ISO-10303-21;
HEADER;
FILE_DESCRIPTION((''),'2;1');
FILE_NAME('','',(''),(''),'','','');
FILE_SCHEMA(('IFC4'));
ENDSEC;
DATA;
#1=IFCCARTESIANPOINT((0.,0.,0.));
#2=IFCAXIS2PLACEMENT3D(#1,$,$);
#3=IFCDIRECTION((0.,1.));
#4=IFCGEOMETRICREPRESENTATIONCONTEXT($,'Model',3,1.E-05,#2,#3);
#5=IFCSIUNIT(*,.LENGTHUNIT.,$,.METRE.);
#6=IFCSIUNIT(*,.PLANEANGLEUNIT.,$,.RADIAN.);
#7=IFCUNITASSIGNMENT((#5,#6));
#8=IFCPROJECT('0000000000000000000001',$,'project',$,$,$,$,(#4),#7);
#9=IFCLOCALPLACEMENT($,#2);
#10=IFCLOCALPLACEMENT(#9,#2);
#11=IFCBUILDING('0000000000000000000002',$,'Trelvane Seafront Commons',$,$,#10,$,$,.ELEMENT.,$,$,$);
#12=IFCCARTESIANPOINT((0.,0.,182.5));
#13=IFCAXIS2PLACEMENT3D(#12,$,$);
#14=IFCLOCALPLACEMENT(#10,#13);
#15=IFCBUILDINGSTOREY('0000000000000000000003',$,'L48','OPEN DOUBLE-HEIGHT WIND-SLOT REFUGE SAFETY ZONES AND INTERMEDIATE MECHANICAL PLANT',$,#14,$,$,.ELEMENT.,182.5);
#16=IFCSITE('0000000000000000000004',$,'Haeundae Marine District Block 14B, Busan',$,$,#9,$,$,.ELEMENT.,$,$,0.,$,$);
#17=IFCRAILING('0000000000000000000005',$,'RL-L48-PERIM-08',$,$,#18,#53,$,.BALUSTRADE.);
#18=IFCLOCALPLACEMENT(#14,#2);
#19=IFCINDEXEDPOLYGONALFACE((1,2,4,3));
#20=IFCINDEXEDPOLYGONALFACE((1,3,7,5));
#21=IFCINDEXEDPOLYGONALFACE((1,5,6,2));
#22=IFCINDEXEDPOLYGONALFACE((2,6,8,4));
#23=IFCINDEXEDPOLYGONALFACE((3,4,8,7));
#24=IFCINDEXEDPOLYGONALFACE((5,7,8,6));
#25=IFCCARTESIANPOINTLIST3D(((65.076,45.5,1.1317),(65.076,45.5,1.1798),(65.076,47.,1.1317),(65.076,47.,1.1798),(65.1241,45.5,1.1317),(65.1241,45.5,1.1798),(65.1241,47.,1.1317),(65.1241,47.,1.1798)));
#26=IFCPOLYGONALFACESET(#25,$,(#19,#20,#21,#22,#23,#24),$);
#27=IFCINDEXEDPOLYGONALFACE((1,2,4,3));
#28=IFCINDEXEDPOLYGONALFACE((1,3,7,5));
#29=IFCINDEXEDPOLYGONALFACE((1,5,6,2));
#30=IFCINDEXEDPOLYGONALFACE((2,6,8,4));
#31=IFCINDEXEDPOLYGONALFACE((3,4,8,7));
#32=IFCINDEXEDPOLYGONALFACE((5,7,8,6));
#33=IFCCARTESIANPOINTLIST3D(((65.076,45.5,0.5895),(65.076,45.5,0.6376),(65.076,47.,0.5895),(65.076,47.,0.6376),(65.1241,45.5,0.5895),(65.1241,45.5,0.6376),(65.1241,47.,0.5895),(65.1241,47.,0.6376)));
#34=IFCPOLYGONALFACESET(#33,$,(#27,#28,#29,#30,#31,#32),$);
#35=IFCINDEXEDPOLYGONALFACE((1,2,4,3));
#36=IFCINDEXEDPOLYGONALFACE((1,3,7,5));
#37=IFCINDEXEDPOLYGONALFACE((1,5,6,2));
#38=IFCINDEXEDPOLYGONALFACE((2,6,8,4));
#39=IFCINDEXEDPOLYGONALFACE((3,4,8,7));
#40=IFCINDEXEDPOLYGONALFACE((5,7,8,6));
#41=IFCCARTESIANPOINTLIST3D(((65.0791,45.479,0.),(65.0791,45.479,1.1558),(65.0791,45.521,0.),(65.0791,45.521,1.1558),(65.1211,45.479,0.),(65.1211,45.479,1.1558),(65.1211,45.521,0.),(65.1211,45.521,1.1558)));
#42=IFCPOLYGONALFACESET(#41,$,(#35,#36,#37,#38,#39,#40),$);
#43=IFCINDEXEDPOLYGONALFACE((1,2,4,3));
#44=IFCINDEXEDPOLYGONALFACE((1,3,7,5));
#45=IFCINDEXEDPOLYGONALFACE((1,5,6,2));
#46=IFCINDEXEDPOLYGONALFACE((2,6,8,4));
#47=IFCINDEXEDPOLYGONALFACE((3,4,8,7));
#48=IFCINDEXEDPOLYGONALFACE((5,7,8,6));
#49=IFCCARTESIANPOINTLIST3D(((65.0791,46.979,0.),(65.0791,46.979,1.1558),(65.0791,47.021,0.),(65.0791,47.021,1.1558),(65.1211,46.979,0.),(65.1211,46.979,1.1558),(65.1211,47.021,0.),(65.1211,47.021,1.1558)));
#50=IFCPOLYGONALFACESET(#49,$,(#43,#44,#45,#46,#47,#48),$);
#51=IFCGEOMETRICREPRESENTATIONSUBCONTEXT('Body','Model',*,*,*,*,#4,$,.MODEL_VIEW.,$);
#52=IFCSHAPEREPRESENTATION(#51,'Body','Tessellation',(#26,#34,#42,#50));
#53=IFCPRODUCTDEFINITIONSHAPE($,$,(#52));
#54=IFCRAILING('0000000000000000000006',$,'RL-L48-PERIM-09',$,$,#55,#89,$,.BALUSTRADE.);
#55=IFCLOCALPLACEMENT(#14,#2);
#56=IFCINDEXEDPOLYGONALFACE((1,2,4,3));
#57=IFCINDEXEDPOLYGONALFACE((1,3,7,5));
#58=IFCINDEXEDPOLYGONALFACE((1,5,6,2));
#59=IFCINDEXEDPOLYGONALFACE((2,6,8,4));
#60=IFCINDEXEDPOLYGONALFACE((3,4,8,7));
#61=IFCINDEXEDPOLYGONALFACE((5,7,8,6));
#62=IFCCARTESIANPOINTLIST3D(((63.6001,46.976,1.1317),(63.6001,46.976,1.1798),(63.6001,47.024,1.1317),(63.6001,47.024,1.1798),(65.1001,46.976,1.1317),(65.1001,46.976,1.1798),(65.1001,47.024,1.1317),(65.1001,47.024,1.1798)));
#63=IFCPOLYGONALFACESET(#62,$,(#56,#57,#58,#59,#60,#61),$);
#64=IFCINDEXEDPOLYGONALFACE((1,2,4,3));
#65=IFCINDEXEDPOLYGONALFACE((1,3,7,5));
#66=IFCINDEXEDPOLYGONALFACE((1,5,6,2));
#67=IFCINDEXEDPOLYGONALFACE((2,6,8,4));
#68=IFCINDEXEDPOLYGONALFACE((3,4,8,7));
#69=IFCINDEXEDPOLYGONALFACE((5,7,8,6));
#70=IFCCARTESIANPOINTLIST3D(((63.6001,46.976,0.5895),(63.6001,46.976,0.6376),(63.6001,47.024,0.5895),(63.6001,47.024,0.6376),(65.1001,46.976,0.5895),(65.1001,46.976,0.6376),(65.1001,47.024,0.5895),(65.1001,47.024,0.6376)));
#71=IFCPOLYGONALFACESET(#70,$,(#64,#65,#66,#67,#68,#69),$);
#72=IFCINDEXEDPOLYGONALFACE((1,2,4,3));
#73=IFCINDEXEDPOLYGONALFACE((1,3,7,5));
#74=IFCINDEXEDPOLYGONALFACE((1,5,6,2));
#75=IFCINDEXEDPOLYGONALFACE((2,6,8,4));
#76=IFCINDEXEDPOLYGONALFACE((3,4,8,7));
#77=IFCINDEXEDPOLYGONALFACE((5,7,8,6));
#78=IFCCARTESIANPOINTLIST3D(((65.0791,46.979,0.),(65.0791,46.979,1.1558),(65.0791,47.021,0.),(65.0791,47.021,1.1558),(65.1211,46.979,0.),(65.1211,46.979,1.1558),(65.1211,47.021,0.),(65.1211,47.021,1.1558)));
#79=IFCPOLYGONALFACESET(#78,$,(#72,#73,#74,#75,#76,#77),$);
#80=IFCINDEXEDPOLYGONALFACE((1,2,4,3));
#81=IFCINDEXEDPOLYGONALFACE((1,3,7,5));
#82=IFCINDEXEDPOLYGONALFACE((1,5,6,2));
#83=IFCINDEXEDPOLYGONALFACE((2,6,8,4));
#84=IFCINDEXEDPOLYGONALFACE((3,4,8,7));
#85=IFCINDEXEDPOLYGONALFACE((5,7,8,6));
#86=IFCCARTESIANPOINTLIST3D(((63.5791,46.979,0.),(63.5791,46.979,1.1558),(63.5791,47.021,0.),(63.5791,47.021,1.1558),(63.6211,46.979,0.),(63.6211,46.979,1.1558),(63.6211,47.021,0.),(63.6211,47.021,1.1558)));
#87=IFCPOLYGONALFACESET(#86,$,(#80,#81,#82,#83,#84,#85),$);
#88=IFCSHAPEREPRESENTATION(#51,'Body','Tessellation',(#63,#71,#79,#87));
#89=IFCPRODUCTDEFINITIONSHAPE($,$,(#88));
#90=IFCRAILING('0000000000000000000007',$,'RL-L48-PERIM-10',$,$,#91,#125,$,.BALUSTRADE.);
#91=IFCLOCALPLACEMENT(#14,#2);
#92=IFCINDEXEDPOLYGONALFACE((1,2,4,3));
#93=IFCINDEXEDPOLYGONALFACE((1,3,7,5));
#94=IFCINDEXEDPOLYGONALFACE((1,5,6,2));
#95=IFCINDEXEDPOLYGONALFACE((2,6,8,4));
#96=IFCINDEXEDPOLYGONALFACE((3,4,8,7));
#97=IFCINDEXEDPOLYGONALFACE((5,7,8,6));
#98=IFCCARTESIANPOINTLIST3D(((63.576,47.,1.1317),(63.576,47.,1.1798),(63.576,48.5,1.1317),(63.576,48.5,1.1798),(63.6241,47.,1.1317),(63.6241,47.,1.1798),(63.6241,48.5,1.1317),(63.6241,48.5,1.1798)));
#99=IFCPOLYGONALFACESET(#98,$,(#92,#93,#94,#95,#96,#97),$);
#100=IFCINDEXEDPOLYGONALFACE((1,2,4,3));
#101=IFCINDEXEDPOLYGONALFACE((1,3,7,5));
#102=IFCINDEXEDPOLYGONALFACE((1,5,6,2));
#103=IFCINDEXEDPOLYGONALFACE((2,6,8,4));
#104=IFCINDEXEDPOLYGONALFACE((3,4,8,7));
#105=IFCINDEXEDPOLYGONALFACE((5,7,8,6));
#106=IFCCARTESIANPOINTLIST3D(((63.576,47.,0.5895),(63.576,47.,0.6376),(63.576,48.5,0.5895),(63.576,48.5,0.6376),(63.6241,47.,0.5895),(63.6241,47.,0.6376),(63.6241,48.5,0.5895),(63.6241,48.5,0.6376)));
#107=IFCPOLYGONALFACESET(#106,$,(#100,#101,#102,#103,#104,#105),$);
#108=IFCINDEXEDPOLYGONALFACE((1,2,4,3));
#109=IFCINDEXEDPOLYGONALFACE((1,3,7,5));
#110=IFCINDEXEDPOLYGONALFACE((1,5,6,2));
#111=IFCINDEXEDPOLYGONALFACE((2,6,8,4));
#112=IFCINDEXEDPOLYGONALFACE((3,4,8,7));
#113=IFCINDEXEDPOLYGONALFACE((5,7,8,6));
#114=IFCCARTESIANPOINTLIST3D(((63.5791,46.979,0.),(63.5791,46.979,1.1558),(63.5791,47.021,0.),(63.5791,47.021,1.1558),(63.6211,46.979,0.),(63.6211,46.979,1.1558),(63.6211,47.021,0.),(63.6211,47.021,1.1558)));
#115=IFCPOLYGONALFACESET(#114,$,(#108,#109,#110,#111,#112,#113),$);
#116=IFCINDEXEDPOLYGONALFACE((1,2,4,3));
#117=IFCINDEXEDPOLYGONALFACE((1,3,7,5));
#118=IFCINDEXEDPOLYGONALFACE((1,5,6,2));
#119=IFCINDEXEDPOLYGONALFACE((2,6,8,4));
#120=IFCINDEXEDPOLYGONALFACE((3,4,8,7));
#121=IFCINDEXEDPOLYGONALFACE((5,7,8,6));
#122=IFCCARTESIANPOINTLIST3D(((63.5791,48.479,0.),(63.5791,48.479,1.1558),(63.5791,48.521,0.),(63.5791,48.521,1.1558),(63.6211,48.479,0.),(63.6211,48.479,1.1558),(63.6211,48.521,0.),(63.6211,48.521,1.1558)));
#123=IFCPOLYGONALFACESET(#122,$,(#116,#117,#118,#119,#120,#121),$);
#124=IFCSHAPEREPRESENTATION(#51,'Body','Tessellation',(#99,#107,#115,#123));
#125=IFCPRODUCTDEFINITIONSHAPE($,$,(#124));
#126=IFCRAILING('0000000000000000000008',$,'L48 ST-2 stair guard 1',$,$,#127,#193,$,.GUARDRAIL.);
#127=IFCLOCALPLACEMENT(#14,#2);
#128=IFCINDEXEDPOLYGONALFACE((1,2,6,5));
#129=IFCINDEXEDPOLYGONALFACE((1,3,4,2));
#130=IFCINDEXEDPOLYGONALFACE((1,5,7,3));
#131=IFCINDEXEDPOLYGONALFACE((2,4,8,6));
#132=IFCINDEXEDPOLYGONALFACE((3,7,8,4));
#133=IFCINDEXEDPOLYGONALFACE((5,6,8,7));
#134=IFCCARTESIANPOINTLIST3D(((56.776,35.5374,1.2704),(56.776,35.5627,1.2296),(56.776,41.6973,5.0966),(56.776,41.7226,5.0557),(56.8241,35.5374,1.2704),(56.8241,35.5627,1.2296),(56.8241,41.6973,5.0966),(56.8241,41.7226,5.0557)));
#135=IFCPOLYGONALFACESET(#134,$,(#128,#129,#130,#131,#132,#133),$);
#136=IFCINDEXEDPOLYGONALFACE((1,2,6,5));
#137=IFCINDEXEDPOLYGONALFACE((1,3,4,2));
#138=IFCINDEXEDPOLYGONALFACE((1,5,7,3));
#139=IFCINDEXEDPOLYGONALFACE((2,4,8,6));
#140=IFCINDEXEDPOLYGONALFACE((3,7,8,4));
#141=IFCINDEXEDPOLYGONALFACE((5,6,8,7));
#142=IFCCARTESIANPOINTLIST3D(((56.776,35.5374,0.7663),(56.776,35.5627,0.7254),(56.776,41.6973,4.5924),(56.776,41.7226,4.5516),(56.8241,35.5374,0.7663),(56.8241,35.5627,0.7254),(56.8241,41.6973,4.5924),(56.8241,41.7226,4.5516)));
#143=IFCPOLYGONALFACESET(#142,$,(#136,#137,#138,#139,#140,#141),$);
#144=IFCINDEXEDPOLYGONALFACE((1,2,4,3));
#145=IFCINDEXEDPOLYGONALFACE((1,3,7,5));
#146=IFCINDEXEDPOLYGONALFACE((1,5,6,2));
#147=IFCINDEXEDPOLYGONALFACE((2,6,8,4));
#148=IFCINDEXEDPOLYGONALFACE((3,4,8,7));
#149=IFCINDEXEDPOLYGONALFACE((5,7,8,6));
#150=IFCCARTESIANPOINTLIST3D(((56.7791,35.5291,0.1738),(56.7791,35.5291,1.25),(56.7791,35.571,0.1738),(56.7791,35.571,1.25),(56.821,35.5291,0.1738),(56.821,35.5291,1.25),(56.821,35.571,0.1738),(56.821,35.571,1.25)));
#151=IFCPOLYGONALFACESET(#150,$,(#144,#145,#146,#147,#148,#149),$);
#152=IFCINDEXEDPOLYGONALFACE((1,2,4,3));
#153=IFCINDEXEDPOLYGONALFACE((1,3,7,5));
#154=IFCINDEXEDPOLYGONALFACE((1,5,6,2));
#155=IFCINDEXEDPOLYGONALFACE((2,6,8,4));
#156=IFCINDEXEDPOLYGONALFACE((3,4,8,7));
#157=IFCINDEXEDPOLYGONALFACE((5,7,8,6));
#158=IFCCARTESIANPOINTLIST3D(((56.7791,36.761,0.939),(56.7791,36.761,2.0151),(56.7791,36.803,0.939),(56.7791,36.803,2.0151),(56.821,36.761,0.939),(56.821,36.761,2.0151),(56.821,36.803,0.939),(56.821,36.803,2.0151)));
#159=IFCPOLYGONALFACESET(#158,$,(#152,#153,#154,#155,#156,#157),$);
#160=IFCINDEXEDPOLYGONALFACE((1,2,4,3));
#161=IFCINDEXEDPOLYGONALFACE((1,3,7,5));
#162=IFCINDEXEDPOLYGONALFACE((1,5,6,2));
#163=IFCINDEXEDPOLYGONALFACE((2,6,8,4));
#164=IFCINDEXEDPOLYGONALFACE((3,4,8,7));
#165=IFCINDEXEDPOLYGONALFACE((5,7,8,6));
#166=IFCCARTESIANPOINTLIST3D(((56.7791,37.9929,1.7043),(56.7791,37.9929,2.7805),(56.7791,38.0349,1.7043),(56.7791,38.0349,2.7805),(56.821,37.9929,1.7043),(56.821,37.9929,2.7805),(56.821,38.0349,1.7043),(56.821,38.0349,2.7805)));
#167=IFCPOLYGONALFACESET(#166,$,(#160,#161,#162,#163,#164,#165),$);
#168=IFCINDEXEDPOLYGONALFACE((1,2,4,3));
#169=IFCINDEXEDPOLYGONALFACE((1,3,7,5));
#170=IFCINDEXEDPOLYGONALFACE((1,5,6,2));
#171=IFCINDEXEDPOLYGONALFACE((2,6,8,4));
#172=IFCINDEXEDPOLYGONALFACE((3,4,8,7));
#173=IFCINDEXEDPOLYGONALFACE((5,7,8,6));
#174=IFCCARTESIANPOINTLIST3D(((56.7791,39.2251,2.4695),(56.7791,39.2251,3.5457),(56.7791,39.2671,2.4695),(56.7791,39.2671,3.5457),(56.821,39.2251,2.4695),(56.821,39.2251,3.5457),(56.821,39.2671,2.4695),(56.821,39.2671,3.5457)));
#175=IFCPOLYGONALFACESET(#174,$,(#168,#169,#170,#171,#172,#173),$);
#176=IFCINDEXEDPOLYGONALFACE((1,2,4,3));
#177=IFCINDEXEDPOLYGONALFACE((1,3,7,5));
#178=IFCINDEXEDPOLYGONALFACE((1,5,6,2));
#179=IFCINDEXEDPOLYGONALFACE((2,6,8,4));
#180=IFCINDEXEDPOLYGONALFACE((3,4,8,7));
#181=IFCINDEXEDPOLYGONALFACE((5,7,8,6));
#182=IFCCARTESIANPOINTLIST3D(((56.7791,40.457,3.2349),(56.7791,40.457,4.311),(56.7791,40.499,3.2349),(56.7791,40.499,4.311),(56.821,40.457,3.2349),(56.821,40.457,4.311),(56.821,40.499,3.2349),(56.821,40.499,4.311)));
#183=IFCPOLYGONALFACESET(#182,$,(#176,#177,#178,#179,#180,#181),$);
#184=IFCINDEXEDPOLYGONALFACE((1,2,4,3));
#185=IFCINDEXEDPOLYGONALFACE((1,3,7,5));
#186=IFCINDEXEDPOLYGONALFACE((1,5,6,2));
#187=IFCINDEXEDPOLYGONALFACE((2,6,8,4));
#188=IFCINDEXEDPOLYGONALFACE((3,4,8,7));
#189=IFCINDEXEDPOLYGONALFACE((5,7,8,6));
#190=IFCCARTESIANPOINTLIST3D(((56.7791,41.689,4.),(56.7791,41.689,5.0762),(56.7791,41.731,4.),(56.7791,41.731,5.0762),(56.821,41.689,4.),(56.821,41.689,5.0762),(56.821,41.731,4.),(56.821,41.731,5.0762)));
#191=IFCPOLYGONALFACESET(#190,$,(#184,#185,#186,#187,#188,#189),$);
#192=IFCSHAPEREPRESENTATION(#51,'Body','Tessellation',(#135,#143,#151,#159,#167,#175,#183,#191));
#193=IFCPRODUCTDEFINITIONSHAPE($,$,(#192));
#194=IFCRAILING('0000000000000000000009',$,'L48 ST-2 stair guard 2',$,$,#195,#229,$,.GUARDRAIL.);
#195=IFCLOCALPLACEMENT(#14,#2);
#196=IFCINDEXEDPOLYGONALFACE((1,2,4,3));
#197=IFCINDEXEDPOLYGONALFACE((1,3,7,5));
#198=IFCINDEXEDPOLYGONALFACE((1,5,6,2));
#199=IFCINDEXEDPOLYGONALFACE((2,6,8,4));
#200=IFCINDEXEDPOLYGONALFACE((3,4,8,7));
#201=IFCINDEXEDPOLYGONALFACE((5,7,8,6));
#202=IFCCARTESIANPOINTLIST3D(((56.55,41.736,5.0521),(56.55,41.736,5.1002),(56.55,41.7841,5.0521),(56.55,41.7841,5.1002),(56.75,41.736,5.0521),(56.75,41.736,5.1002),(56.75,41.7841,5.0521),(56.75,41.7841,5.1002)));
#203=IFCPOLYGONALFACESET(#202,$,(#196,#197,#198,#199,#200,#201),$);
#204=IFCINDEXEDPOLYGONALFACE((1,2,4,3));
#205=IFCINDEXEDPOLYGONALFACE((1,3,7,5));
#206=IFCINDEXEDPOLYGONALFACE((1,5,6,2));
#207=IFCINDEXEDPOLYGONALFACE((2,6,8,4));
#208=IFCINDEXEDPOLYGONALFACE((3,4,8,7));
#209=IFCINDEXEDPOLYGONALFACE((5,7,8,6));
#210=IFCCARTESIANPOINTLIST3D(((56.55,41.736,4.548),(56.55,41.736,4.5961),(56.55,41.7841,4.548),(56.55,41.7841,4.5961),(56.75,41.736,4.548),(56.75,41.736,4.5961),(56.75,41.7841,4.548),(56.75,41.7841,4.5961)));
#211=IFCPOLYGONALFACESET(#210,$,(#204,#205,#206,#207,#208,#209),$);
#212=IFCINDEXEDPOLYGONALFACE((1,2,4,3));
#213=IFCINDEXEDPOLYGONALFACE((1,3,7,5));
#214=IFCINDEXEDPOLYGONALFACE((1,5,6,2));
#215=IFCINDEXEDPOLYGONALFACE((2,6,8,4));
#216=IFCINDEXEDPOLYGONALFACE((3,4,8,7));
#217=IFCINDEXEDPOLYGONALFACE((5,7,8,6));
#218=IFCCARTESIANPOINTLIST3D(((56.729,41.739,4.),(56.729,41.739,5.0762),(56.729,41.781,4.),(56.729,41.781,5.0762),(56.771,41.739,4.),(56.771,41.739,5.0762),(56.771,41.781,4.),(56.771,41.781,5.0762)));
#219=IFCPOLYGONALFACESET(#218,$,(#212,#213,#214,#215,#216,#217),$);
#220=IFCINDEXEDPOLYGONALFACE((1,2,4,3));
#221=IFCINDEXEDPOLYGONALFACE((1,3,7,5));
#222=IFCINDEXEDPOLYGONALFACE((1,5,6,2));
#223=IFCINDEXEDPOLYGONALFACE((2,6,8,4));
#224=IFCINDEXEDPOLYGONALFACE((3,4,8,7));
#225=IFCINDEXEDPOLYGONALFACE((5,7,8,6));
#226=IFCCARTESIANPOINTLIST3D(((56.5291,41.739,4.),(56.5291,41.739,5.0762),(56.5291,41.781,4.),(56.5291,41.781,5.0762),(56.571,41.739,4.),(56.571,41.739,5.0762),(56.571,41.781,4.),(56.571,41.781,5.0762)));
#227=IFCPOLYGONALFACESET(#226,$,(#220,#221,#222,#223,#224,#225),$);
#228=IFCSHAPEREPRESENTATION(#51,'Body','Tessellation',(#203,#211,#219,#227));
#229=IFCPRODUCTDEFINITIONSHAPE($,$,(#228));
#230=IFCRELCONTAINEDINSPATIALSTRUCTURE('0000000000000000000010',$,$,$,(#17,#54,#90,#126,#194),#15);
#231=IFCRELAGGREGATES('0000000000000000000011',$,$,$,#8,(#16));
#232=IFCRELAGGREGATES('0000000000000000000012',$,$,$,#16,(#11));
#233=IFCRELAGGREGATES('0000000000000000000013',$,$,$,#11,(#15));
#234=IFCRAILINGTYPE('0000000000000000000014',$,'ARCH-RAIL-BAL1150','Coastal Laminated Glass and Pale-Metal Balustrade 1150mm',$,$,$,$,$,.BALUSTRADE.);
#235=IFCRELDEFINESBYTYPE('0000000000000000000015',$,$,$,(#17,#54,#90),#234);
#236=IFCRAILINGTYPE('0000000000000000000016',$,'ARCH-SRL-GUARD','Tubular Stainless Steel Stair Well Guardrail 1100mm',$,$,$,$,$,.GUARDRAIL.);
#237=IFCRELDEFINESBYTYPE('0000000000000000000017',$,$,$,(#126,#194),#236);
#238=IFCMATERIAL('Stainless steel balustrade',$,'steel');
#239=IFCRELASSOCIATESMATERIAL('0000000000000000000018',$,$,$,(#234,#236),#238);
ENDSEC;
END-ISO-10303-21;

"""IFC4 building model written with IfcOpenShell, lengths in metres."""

from ifc_helpers import new_model, si_unit, direction, frame, origin, origin_2d, place, context, subcontext, project, spatial, rectangle, extrude, material, type_object, element, save


model = new_model("IFC4")

# Units and contexts
model_context = context("Model", 3, precision=1e-05, world=origin(), true_north=direction((0.0, 1.0)))
body_context = subcontext(model_context, "Body", "Model", "MODEL_VIEW")
ifc_project = project(units=[si_unit("LENGTHUNIT", "METRE"), si_unit("PLANEANGLEUNIT", "RADIAN")], contexts=[model_context])

# Site, building, storey
site_placement = place(None, origin())
site = spatial("IfcSite", under=ifc_project, at=site_placement, Name="Haeundae Marine District Block 14B, Busan", CompositionType="ELEMENT", RefElevation=0.0)
building_placement = place(site_placement, origin())
building = spatial("IfcBuilding", under=site, at=building_placement, Name="Trelvane Seafront Commons", CompositionType="ELEMENT")
storey_placement = place(building_placement, frame((0.0, 0.0, 182.5)))
storey = spatial("IfcBuildingStorey", under=building, at=storey_placement, Name="L48", Description="OPEN DOUBLE-HEIGHT WIND-SLOT REFUGE SAFETY ZONES AND INTERMEDIATE MECHANICAL PLANT", CompositionType="ELEMENT", Elevation=182.5)

# Railings
ifc_material_1 = material(Name="Stainless steel balustrade", Category="steel")
railing_type_1 = type_object("IfcRailingType", Name="ARCH-RAIL-BAL1150", Description="Coastal Laminated Glass and Pale-Metal Balustrade 1150mm", PredefinedType="BALUSTRADE", material=ifc_material_1)
railing_1_placement = place(storey_placement, frame((65.1001, 45.5, 0.0)))
element("IfcRailing", 1, at=railing_1_placement, inside=storey, type_object=railing_type_1, Name="RL-L48-PERIM-08", PredefinedType="BALUSTRADE", context=body_context, shape_type="SweptSolid", body=[
    extrude(rectangle(XDim=0.0481, YDim=0.0481, at=origin_2d()), frame((0.0, 0.0, 1.1558), z_axis=(0.0, 1.0, 0.0), x_axis=(-1.0, 0.0, 0.0)), (0.0, 0.0, 1.0), 1.5),
    extrude(rectangle(XDim=0.0481, YDim=0.0481, at=origin_2d()), frame((0.0, 0.0, 0.6135), z_axis=(0.0, 1.0, 0.0), x_axis=(-1.0, 0.0, 0.0)), (0.0, 0.0, 1.0), 1.5),
    extrude(rectangle(XDim=0.042, YDim=0.042, at=origin_2d()), origin(), (0.0, 0.0, 1.0), 1.1558),
    extrude(rectangle(XDim=0.042, YDim=0.042, at=origin_2d()), frame((0.0, 1.5, 0.0)), (0.0, 0.0, 1.0), 1.1558),
])
railing_2_placement = place(storey_placement, frame((65.1001, 47.0, 0.0)))
element("IfcRailing", 2, at=railing_2_placement, inside=storey, type_object=railing_type_1, Name="RL-L48-PERIM-09", PredefinedType="BALUSTRADE", context=body_context, shape_type="SweptSolid", body=[
    extrude(rectangle(XDim=0.0481, YDim=0.0481, at=origin_2d()), frame((0.0, 0.0, 1.1558), z_axis=(-1.0, 0.0, 0.0), x_axis=(0.0, -1.0, 0.0)), (0.0, 0.0, 1.0), 1.5),
    extrude(rectangle(XDim=0.0481, YDim=0.0481, at=origin_2d()), frame((0.0, 0.0, 0.6135), z_axis=(-1.0, 0.0, 0.0), x_axis=(0.0, -1.0, 0.0)), (0.0, 0.0, 1.0), 1.5),
    extrude(rectangle(XDim=0.042, YDim=0.042, at=origin_2d()), origin(), (0.0, 0.0, 1.0), 1.1558),
    extrude(rectangle(XDim=0.042, YDim=0.042, at=origin_2d()), frame((-1.5, 0.0, 0.0)), (0.0, 0.0, 1.0), 1.1558),
])
railing_3_placement = place(storey_placement, frame((63.6001, 47.0, 0.0)))
element("IfcRailing", 3, at=railing_3_placement, inside=storey, type_object=railing_type_1, Name="RL-L48-PERIM-10", PredefinedType="BALUSTRADE", context=body_context, shape_type="SweptSolid", body=[
    extrude(rectangle(XDim=0.0481, YDim=0.0481, at=origin_2d()), frame((0.0, 0.0, 1.1558), z_axis=(0.0, 1.0, 0.0), x_axis=(-1.0, 0.0, 0.0)), (0.0, 0.0, 1.0), 1.5),
    extrude(rectangle(XDim=0.0481, YDim=0.0481, at=origin_2d()), frame((0.0, 0.0, 0.6135), z_axis=(0.0, 1.0, 0.0), x_axis=(-1.0, 0.0, 0.0)), (0.0, 0.0, 1.0), 1.5),
    extrude(rectangle(XDim=0.042, YDim=0.042, at=origin_2d()), origin(), (0.0, 0.0, 1.0), 1.1558),
    extrude(rectangle(XDim=0.042, YDim=0.042, at=origin_2d()), frame((0.0, 1.5, 0.0)), (0.0, 0.0, 1.0), 1.1558),
])
railing_type_2 = type_object("IfcRailingType", Name="ARCH-SRL-GUARD", Description="Tubular Stainless Steel Stair Well Guardrail 1100mm", PredefinedType="GUARDRAIL", material=ifc_material_1)
railing_4_placement = place(storey_placement, frame((56.8, 35.55, 0.1738)))
element("IfcRailing", 4, at=railing_4_placement, inside=storey, type_object=railing_type_2, Name="L48 ST-2 stair guard 1", PredefinedType="GUARDRAIL", context=body_context, shape_type="SweptSolid", body=[
    extrude(rectangle(XDim=0.0481, YDim=0.0481, at=origin_2d()), frame((0.0, 0.0, 1.0762), z_axis=(0.0, 0.849468, 0.527639), x_axis=(-1.0, 0.0, 0.0)), (0.0, 0.0, 1.0), 7.2515),
    extrude(rectangle(XDim=0.0481, YDim=0.0481, at=origin_2d()), frame((0.0, 0.0, 0.572), z_axis=(0.0, 0.849468, 0.527639), x_axis=(-1.0, 0.0, 0.0)), (0.0, 0.0, 1.0), 7.2515),
    extrude(rectangle(XDim=0.042, YDim=0.042, at=origin_2d()), origin(), (0.0, 0.0, 1.0), 1.0762),
    extrude(rectangle(XDim=0.042, YDim=0.042, at=origin_2d()), frame((0.0, 1.2319, 0.7651)), (0.0, 0.0, 1.0), 1.0762),
    extrude(rectangle(XDim=0.042, YDim=0.042, at=origin_2d()), frame((0.0, 2.4639, 1.5305)), (0.0, 0.0, 1.0), 1.0762),
    extrude(rectangle(XDim=0.042, YDim=0.042, at=origin_2d()), frame((0.0, 3.696, 2.2957)), (0.0, 0.0, 1.0), 1.0762),
    extrude(rectangle(XDim=0.042, YDim=0.042, at=origin_2d()), frame((0.0, 4.928, 3.061)), (0.0, 0.0, 1.0), 1.0762),
    extrude(rectangle(XDim=0.042, YDim=0.042, at=origin_2d()), frame((0.0, 6.1599, 3.8262)), (0.0, 0.0, 1.0), 1.0762),
])
railing_5_placement = place(storey_placement, frame((56.75, 41.76, 4.0)))
element("IfcRailing", 5, at=railing_5_placement, inside=storey, type_object=railing_type_2, Name="L48 ST-2 stair guard 2", PredefinedType="GUARDRAIL", context=body_context, shape_type="SweptSolid", body=[
    extrude(rectangle(XDim=0.0481, YDim=0.0481, at=origin_2d()), frame((0.0, 0.0, 1.0762), z_axis=(-1.0, 0.0, 0.0), x_axis=(0.0, -1.0, 0.0)), (0.0, 0.0, 1.0), 0.2),
    extrude(rectangle(XDim=0.0481, YDim=0.0481, at=origin_2d()), frame((0.0, 0.0, 0.572), z_axis=(-1.0, 0.0, 0.0), x_axis=(0.0, -1.0, 0.0)), (0.0, 0.0, 1.0), 0.2),
    extrude(rectangle(XDim=0.042, YDim=0.042, at=origin_2d()), origin(), (0.0, 0.0, 1.0), 1.0762),
    extrude(rectangle(XDim=0.042, YDim=0.042, at=origin_2d()), frame((-0.2, 0.0, 0.0)), (0.0, 0.0, 1.0), 1.0762),
])

save(model, "model.ifc")
